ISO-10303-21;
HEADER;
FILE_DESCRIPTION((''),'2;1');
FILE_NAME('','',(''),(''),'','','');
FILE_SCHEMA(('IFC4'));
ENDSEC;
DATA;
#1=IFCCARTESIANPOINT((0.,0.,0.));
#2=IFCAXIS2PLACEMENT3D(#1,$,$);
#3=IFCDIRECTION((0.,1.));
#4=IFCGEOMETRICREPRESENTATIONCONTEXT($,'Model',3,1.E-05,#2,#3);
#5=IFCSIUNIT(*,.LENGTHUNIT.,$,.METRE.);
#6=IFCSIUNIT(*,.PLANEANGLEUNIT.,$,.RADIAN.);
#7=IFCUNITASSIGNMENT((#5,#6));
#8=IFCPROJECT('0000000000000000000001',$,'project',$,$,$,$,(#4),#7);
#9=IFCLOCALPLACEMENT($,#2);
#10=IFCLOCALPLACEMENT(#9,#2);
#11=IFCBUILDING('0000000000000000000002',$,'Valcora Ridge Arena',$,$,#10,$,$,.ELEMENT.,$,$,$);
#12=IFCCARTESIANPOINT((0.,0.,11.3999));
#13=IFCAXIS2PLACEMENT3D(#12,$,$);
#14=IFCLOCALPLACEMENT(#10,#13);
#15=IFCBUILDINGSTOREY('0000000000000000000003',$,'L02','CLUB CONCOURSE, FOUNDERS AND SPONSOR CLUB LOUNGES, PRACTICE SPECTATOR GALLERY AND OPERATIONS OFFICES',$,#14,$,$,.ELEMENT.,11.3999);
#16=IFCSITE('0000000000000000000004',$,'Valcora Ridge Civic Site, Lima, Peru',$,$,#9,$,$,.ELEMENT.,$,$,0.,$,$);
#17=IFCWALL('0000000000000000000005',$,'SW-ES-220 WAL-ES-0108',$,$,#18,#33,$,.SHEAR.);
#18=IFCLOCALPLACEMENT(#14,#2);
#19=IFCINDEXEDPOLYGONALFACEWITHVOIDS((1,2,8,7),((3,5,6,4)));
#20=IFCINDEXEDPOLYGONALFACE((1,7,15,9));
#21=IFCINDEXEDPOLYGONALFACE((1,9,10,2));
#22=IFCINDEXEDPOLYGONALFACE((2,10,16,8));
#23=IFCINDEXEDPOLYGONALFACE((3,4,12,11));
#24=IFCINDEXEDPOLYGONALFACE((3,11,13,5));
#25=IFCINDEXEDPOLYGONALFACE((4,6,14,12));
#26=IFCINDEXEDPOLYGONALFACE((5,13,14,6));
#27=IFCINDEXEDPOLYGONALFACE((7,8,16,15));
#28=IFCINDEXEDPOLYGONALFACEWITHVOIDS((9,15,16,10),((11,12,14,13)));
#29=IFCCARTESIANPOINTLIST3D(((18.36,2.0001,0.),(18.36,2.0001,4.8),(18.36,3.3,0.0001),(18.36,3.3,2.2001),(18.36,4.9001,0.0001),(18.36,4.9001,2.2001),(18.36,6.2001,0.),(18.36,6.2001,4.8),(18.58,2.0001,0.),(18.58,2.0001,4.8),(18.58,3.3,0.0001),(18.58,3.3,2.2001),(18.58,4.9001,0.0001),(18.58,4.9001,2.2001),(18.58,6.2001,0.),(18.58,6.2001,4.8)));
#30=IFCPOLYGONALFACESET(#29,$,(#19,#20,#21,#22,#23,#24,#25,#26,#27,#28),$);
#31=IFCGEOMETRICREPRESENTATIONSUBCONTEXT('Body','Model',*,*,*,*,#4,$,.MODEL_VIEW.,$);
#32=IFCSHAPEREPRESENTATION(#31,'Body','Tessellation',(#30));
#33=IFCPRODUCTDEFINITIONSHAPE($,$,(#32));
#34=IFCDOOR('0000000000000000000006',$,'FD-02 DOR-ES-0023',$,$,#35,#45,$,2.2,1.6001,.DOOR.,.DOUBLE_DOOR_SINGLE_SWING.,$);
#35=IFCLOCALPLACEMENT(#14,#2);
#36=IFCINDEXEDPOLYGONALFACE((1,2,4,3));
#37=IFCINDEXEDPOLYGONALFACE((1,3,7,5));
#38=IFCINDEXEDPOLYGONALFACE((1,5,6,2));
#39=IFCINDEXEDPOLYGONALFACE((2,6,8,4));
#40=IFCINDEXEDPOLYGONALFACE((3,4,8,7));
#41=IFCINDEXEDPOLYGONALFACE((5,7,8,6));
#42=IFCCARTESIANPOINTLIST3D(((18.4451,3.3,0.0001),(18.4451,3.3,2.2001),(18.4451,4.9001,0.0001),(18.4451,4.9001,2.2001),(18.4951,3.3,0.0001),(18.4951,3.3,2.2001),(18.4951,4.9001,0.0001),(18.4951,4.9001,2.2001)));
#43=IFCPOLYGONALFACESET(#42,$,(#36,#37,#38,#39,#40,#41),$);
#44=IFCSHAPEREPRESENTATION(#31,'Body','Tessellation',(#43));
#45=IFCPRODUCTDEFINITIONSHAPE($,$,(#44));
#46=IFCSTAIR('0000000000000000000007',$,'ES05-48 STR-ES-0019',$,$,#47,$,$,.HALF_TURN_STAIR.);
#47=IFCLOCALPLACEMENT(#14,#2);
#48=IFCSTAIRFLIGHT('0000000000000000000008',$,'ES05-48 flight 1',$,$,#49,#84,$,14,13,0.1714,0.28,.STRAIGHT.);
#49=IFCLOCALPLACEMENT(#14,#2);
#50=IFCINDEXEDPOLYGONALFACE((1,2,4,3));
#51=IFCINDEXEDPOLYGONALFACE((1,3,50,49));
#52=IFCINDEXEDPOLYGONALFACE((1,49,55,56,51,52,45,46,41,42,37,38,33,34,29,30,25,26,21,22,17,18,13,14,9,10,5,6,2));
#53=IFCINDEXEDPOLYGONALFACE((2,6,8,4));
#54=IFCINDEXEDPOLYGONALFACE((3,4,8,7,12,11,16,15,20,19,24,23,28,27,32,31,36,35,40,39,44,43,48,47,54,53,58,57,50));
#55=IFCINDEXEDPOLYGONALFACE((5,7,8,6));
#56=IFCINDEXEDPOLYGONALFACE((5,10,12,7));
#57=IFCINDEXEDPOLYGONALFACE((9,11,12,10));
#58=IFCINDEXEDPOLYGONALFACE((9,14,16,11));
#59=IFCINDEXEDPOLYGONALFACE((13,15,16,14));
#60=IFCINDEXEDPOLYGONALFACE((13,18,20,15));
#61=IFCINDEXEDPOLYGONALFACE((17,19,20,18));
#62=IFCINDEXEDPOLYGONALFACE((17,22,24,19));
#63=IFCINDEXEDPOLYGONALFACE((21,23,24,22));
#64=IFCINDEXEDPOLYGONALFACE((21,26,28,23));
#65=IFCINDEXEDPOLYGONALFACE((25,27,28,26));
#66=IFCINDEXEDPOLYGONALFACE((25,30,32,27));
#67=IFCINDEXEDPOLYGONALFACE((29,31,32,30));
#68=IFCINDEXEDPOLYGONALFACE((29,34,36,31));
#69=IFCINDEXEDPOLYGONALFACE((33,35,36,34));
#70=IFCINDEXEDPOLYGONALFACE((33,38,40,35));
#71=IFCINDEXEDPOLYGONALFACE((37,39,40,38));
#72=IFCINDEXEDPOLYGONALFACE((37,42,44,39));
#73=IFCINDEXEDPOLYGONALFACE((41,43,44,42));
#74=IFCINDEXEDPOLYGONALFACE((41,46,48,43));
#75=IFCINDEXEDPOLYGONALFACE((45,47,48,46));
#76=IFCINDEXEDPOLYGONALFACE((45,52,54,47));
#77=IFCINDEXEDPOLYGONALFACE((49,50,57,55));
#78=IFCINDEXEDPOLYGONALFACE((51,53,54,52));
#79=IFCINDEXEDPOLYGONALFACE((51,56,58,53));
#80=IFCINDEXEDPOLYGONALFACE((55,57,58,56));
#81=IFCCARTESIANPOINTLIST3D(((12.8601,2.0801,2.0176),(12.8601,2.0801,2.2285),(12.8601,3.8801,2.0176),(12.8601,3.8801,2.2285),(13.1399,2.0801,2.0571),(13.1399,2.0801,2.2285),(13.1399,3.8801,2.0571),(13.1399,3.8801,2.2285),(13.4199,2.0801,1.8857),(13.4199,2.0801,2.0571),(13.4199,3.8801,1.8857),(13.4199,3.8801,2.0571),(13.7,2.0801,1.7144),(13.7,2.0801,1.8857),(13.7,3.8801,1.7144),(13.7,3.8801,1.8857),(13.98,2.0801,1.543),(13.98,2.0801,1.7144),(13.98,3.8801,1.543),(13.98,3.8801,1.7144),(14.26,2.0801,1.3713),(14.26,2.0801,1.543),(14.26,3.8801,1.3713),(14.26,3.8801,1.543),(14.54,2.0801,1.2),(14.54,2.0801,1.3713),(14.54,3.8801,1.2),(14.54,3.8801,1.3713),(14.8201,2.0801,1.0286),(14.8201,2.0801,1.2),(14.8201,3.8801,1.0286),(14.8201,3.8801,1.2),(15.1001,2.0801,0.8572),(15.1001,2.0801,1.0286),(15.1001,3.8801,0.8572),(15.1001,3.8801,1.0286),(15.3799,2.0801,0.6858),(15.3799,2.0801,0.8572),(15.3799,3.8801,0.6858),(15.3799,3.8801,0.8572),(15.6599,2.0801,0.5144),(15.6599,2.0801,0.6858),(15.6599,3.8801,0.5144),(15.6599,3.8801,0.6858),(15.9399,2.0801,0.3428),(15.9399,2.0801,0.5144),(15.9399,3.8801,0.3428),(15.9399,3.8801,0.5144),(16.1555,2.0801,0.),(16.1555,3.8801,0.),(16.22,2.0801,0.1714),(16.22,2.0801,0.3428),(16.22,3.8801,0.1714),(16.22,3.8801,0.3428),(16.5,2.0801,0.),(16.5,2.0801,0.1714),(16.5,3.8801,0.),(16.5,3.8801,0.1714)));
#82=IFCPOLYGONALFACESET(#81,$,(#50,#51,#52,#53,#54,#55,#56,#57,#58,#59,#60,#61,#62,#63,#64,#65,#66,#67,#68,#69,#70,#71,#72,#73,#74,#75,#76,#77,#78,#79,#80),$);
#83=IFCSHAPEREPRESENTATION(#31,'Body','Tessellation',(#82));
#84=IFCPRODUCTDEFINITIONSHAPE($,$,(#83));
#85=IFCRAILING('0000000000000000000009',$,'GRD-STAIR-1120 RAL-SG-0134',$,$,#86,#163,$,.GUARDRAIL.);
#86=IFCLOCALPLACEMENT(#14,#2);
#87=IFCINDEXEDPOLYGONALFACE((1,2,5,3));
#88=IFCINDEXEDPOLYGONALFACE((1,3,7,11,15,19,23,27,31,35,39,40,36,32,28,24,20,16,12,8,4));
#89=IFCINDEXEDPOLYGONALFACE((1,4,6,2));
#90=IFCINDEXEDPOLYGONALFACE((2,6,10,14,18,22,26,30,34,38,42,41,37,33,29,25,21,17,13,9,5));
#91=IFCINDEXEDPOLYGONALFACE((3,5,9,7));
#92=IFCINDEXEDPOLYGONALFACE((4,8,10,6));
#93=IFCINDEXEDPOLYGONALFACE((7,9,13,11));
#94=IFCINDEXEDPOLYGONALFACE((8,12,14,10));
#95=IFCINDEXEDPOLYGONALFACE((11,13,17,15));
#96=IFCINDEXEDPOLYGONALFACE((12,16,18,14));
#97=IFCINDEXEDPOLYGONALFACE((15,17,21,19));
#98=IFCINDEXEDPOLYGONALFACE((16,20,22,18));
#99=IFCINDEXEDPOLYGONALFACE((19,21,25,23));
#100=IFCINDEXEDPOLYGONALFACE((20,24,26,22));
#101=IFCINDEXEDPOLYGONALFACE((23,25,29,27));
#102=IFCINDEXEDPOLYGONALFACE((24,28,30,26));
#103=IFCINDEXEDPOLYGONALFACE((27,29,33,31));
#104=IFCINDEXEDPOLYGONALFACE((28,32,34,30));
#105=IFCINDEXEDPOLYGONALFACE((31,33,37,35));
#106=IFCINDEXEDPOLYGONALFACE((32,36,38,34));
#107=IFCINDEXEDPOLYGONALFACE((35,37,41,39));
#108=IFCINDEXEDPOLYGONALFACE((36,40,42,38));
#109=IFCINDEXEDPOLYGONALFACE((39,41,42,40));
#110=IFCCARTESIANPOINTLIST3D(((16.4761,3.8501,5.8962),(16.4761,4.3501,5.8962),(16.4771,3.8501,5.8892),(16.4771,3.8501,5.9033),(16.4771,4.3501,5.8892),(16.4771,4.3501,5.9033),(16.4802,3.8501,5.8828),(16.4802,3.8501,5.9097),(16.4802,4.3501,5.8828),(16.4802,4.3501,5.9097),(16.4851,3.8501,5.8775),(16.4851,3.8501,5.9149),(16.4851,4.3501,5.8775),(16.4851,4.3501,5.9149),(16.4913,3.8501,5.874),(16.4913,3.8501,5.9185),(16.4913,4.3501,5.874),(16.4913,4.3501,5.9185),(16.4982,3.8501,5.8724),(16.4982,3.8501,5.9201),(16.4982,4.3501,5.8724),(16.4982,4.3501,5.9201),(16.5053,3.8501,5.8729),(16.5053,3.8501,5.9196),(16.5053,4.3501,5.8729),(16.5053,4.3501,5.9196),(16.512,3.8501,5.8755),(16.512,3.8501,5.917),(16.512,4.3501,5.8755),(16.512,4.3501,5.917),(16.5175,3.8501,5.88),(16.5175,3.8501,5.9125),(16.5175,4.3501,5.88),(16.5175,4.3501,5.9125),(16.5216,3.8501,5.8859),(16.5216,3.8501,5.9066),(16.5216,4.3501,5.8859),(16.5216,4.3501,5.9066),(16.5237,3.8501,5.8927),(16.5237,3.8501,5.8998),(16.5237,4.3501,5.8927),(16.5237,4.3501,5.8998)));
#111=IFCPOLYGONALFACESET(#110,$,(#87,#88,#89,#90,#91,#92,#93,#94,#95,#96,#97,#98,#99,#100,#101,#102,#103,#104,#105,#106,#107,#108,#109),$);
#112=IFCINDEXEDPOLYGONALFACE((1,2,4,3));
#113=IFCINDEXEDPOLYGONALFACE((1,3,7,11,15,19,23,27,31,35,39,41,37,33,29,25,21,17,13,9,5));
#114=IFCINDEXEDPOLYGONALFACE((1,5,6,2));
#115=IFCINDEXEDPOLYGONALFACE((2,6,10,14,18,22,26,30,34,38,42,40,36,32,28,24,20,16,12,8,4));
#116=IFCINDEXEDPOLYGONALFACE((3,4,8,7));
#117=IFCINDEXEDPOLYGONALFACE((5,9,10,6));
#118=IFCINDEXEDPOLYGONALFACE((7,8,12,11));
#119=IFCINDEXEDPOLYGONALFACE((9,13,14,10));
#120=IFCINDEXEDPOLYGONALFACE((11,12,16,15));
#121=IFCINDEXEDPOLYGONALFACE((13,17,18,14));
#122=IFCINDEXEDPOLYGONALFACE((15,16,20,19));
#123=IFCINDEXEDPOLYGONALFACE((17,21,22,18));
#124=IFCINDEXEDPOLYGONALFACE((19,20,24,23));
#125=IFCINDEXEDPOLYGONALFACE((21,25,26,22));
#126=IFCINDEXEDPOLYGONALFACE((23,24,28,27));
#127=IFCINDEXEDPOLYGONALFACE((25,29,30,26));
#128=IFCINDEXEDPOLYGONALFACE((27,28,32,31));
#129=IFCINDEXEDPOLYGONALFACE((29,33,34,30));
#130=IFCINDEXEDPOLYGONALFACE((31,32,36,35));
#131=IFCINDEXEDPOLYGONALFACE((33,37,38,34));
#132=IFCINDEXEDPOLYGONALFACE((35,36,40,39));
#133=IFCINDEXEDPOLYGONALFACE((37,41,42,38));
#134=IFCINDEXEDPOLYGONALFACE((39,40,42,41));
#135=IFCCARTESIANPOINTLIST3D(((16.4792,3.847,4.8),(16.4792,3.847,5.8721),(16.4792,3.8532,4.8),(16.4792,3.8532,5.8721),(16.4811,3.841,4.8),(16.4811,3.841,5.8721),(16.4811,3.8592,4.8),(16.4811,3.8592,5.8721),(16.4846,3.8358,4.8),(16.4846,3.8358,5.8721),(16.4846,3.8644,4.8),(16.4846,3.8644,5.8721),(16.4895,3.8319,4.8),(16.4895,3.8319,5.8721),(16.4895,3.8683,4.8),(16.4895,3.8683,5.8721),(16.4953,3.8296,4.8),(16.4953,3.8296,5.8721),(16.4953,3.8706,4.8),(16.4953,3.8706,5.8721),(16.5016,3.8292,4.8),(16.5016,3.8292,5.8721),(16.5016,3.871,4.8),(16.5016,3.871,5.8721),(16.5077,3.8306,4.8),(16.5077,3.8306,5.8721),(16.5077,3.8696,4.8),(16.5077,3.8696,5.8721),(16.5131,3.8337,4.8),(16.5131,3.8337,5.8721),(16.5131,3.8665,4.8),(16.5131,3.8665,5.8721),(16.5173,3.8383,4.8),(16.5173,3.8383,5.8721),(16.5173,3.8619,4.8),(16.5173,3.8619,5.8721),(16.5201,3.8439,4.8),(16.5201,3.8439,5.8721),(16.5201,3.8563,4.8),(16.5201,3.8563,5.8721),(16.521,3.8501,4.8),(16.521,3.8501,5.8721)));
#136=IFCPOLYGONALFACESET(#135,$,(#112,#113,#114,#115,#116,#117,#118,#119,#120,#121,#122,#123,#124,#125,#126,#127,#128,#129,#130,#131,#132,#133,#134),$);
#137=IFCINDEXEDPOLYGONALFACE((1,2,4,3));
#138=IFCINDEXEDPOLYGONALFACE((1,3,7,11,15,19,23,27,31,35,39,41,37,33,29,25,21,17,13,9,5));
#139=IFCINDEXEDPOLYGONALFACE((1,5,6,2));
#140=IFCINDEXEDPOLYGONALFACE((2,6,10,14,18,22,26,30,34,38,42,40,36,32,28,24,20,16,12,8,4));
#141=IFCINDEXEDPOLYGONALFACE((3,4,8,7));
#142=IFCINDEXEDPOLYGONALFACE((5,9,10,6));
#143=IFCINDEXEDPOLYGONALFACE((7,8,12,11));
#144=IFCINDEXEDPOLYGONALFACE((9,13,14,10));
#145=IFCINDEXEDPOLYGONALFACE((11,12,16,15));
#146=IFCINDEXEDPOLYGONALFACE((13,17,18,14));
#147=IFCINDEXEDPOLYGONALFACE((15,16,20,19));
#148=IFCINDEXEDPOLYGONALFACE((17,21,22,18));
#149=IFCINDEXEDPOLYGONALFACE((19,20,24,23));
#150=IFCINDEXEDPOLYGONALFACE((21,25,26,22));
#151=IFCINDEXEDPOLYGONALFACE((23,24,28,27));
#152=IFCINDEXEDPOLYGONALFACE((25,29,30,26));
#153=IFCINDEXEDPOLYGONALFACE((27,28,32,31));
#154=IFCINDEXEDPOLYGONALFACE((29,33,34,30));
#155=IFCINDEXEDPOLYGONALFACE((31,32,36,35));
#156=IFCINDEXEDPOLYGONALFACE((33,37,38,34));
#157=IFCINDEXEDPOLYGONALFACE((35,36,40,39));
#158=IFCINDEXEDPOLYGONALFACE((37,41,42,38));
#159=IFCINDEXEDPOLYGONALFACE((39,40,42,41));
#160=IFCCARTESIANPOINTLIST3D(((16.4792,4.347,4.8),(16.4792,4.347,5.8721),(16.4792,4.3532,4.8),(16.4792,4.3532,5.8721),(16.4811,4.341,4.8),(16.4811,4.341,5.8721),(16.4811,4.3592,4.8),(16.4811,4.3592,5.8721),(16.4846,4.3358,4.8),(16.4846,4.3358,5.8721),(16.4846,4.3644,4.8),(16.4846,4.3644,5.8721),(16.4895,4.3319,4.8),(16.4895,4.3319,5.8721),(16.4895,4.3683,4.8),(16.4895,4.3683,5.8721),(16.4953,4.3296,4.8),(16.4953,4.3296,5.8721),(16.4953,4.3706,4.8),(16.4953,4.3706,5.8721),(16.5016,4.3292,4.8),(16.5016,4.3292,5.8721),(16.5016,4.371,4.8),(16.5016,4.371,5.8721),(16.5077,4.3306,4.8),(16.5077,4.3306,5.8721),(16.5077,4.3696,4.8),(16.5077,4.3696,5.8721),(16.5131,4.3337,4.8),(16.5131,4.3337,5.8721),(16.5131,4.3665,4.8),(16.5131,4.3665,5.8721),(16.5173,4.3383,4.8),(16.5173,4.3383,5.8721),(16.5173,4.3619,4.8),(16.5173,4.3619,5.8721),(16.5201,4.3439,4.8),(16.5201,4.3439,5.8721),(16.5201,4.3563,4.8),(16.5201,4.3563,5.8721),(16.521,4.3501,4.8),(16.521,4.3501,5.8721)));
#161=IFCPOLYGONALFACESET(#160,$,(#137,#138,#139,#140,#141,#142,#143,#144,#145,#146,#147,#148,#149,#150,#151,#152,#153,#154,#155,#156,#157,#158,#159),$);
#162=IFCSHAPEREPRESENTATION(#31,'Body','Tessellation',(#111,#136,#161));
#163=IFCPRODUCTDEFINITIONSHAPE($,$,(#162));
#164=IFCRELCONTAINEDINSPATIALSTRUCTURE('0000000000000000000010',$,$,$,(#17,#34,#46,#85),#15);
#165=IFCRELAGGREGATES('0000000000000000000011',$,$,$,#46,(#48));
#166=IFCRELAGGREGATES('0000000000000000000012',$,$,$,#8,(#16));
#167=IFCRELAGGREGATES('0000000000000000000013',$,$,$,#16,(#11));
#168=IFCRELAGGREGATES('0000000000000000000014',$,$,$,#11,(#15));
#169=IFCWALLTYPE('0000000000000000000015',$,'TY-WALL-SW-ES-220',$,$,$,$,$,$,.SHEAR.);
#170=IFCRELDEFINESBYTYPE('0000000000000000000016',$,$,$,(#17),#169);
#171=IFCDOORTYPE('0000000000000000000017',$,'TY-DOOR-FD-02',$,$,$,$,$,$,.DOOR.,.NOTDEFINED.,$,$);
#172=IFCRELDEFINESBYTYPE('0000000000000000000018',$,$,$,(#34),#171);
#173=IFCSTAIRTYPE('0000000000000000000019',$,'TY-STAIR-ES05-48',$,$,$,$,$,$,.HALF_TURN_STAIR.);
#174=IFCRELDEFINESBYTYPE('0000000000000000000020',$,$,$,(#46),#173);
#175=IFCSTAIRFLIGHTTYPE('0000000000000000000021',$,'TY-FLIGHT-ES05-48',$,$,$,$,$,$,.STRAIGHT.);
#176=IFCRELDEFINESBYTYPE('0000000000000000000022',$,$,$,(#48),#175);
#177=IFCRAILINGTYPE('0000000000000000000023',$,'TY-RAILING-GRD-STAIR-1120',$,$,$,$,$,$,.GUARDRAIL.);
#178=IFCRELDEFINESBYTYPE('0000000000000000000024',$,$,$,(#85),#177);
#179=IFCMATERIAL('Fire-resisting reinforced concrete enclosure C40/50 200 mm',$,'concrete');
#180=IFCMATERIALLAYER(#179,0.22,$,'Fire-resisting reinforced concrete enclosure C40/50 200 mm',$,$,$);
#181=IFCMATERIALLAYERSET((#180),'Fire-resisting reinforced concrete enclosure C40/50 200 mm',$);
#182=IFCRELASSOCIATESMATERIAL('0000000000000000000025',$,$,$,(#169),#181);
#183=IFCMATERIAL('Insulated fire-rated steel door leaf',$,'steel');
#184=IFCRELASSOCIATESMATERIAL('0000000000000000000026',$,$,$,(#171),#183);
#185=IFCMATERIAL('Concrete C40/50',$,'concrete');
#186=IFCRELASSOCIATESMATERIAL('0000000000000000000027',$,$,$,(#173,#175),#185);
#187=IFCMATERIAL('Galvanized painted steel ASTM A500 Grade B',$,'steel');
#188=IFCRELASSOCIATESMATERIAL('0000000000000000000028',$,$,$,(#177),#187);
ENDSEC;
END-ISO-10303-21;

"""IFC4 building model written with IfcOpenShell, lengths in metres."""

from ifc_helpers import new_model, si_unit, direction, frame, frame_2d, origin, origin_2d, place, context, subcontext, project, spatial, polyline, rectangle, circle, outline, extrude, material, layer, layer_set, type_object, element, fill, aggregate, save


model = new_model("IFC4")

# Units and contexts
model_context = context("Model", 3, precision=1e-05, world=origin(), true_north=direction((0.0, 1.0)))
body_context = subcontext(model_context, "Body", "Model", "MODEL_VIEW")
ifc_project = project(units=[si_unit("LENGTHUNIT", "METRE"), si_unit("PLANEANGLEUNIT", "RADIAN")], contexts=[model_context])

# Site, building, storey
site_placement = place(None, origin())
site = spatial("IfcSite", under=ifc_project, at=site_placement, Name="Valcora Ridge Civic Site, Lima, Peru", CompositionType="ELEMENT", RefElevation=0.0)
building_placement = place(site_placement, origin())
building = spatial("IfcBuilding", under=site, at=building_placement, Name="Valcora Ridge Arena", CompositionType="ELEMENT")
storey_placement = place(building_placement, frame((0.0, 0.0, 11.3999)))
storey = spatial("IfcBuildingStorey", under=building, at=storey_placement, Name="L02", Description="CLUB CONCOURSE, FOUNDERS AND SPONSOR CLUB LOUNGES, PRACTICE SPECTATOR GALLERY AND OPERATIONS OFFICES", CompositionType="ELEMENT", Elevation=11.3999)

# Shared definitions
ifc_material_1 = material(Name="Concrete C40/50", Category="concrete")

# Wall, opening, door
ifc_material_2 = material(Name="Fire-resisting reinforced concrete enclosure C40/50 200 mm", Category="concrete")
ifc_layer_1 = layer(ifc_material_2, 0.22, Name="Fire-resisting reinforced concrete enclosure C40/50 200 mm")
ifc_layer_set_1 = layer_set([ifc_layer_1], Name="Fire-resisting reinforced concrete enclosure C40/50 200 mm")
wall_type = type_object("IfcWallType", Name="TY-WALL-SW-ES-220", PredefinedType="SHEAR", material=ifc_layer_set_1)
wall_placement = place(storey_placement, frame((18.47, 2.0, 0.0), z_axis=(0.0, 0.0, 1.0), x_axis=(0.0, 1.0, 0.0)))
wall = element("IfcWall", 1, at=wall_placement, inside=storey, type_object=wall_type, Name="SW-ES-220 WAL-ES-0108", PredefinedType="SHEAR", context=body_context, shape_type="SweptSolid", body=[
    extrude(rectangle(XDim=4.2, YDim=0.22, at=frame_2d((2.1001, 0.0))), origin(), (0.0, 0.0, 1.0), 4.8),
])
opening_placement = place(wall_placement, frame((1.3, 0.0, 0.0)))
opening = element("IfcOpeningElement", 2, at=opening_placement, cuts=wall, PredefinedType="OPENING", context=body_context, shape_type="SweptSolid", body=[
    extrude(rectangle(XDim=1.6001, YDim=2.2, at=frame_2d((0.8, 1.1001))), frame((0.0, 0.1199, 0.0), z_axis=(0.0, -1.0, 0.0), x_axis=(1.0, 0.0, 0.0)), (0.0, 0.0, 1.0), 0.24),
])
ifc_material_3 = material(Name="Insulated fire-rated steel door leaf", Category="steel")
door_type = type_object("IfcDoorType", Name="TY-DOOR-FD-02", OperationType="NOTDEFINED", PredefinedType="DOOR", material=ifc_material_3)
door_placement = place(opening_placement, origin())
door = element("IfcDoor", 3, at=door_placement, inside=storey, type_object=door_type, Name="FD-02 DOR-ES-0023", OperationType="DOUBLE_DOOR_SINGLE_SWING", OverallHeight=2.2, OverallWidth=1.6001, PredefinedType="DOOR", context=body_context, shape_type="SweptSolid", body=[
    extrude(rectangle(XDim=1.6001, YDim=2.2, at=frame_2d((0.8, 1.1001))), frame((0.0, 0.0249, 0.0), z_axis=(0.0, -1.0, 0.0), x_axis=(1.0, 0.0, 0.0)), (0.0, 0.0, 1.0), 0.05),
])
fill(opening, door)

# Stair, stair flight
stair_type = type_object("IfcStairType", Name="TY-STAIR-ES05-48", PredefinedType="HALF_TURN_STAIR", material=ifc_material_1)
stair_placement = place(storey_placement, origin())
stair = element("IfcStair", 4, at=stair_placement, inside=storey, type_object=stair_type, Name="ES05-48 STR-ES-0019", PredefinedType="HALF_TURN_STAIR")
stair_flight_type = type_object("IfcStairFlightType", Name="TY-FLIGHT-ES05-48", PredefinedType="STRAIGHT", material=ifc_material_1)
stair_flight_placement = place(storey_placement, frame((16.5, 2.98, 0.0), z_axis=(0.0, 0.0, 1.0), x_axis=(-1.0, 0.0, 0.0)))
stair_flight = element("IfcStairFlight", 5, at=stair_flight_placement, type_object=stair_flight_type, Name="ES05-48 flight 1", NumberOfRisers=14, NumberOfTreads=13, PredefinedType="STRAIGHT", RiserHeight=0.1714, TreadLength=0.28, context=body_context, shape_type="SweptSolid", body=[
    extrude(outline(polyline([(0.0, 0.0), (0.0, 0.1714), (0.28, 0.1714), (0.28, 0.3428), (0.5601, 0.3428), (0.5601, 0.5144), (0.8401, 0.5144), (0.8401, 0.6858), (1.1201, 0.6858), (1.1201, 0.8572), (1.3999, 0.8572), (1.3999, 1.0286), (1.6799, 1.0286), (1.6799, 1.2), (1.96, 1.2), (1.96, 1.3713), (2.24, 1.3713), (2.24, 1.543), (2.52, 1.543), (2.52, 1.7144), (2.8, 1.7144), (2.8, 1.8857), (3.0801, 1.8857), (3.0801, 2.0571), (3.3601, 2.0571), (3.3601, 2.2285), (3.6399, 2.2285), (3.6399, 2.3999), (3.6399, 2.0176), (0.3445, 0.0), (0.0, 0.0)])), frame((0.0, 0.8999, 0.0), z_axis=(0.0, -1.0, 0.0), x_axis=(1.0, 0.0, 0.0)), (0.0, 0.0, 1.0), 1.8),
])
aggregate(stair, [stair_flight])

# Railing
ifc_material_4 = material(Name="Galvanized painted steel ASTM A500 Grade B", Category="steel")
railing_type_1 = type_object("IfcRailingType", Name="TY-RAILING-GRD-STAIR-1120", PredefinedType="GUARDRAIL", material=ifc_material_4)
railing_1_placement = place(storey_placement, frame((16.5, 3.8501, 4.8)))
element("IfcRailing", 6, at=railing_1_placement, inside=storey, type_object=railing_type_1, Name="GRD-STAIR-1120 RAL-SG-0134", PredefinedType="GUARDRAIL", context=body_context, shape_type="SweptSolid", body=[
    extrude(circle(Radius=0.0239, at=origin_2d()), frame((0.0, 0.0, 1.0962), z_axis=(0.0, 1.0, 0.0), x_axis=(-1.0, 0.0, 0.0)), (0.0, 0.0, 1.0), 0.5),
    extrude(circle(Radius=0.021, at=origin_2d()), origin(), (0.0, 0.0, 1.0), 1.072),
    extrude(circle(Radius=0.021, at=origin_2d()), frame((0.0, 0.5, 0.0)), (0.0, 0.0, 1.0), 1.072),
])

save(model, "model.ifc")
